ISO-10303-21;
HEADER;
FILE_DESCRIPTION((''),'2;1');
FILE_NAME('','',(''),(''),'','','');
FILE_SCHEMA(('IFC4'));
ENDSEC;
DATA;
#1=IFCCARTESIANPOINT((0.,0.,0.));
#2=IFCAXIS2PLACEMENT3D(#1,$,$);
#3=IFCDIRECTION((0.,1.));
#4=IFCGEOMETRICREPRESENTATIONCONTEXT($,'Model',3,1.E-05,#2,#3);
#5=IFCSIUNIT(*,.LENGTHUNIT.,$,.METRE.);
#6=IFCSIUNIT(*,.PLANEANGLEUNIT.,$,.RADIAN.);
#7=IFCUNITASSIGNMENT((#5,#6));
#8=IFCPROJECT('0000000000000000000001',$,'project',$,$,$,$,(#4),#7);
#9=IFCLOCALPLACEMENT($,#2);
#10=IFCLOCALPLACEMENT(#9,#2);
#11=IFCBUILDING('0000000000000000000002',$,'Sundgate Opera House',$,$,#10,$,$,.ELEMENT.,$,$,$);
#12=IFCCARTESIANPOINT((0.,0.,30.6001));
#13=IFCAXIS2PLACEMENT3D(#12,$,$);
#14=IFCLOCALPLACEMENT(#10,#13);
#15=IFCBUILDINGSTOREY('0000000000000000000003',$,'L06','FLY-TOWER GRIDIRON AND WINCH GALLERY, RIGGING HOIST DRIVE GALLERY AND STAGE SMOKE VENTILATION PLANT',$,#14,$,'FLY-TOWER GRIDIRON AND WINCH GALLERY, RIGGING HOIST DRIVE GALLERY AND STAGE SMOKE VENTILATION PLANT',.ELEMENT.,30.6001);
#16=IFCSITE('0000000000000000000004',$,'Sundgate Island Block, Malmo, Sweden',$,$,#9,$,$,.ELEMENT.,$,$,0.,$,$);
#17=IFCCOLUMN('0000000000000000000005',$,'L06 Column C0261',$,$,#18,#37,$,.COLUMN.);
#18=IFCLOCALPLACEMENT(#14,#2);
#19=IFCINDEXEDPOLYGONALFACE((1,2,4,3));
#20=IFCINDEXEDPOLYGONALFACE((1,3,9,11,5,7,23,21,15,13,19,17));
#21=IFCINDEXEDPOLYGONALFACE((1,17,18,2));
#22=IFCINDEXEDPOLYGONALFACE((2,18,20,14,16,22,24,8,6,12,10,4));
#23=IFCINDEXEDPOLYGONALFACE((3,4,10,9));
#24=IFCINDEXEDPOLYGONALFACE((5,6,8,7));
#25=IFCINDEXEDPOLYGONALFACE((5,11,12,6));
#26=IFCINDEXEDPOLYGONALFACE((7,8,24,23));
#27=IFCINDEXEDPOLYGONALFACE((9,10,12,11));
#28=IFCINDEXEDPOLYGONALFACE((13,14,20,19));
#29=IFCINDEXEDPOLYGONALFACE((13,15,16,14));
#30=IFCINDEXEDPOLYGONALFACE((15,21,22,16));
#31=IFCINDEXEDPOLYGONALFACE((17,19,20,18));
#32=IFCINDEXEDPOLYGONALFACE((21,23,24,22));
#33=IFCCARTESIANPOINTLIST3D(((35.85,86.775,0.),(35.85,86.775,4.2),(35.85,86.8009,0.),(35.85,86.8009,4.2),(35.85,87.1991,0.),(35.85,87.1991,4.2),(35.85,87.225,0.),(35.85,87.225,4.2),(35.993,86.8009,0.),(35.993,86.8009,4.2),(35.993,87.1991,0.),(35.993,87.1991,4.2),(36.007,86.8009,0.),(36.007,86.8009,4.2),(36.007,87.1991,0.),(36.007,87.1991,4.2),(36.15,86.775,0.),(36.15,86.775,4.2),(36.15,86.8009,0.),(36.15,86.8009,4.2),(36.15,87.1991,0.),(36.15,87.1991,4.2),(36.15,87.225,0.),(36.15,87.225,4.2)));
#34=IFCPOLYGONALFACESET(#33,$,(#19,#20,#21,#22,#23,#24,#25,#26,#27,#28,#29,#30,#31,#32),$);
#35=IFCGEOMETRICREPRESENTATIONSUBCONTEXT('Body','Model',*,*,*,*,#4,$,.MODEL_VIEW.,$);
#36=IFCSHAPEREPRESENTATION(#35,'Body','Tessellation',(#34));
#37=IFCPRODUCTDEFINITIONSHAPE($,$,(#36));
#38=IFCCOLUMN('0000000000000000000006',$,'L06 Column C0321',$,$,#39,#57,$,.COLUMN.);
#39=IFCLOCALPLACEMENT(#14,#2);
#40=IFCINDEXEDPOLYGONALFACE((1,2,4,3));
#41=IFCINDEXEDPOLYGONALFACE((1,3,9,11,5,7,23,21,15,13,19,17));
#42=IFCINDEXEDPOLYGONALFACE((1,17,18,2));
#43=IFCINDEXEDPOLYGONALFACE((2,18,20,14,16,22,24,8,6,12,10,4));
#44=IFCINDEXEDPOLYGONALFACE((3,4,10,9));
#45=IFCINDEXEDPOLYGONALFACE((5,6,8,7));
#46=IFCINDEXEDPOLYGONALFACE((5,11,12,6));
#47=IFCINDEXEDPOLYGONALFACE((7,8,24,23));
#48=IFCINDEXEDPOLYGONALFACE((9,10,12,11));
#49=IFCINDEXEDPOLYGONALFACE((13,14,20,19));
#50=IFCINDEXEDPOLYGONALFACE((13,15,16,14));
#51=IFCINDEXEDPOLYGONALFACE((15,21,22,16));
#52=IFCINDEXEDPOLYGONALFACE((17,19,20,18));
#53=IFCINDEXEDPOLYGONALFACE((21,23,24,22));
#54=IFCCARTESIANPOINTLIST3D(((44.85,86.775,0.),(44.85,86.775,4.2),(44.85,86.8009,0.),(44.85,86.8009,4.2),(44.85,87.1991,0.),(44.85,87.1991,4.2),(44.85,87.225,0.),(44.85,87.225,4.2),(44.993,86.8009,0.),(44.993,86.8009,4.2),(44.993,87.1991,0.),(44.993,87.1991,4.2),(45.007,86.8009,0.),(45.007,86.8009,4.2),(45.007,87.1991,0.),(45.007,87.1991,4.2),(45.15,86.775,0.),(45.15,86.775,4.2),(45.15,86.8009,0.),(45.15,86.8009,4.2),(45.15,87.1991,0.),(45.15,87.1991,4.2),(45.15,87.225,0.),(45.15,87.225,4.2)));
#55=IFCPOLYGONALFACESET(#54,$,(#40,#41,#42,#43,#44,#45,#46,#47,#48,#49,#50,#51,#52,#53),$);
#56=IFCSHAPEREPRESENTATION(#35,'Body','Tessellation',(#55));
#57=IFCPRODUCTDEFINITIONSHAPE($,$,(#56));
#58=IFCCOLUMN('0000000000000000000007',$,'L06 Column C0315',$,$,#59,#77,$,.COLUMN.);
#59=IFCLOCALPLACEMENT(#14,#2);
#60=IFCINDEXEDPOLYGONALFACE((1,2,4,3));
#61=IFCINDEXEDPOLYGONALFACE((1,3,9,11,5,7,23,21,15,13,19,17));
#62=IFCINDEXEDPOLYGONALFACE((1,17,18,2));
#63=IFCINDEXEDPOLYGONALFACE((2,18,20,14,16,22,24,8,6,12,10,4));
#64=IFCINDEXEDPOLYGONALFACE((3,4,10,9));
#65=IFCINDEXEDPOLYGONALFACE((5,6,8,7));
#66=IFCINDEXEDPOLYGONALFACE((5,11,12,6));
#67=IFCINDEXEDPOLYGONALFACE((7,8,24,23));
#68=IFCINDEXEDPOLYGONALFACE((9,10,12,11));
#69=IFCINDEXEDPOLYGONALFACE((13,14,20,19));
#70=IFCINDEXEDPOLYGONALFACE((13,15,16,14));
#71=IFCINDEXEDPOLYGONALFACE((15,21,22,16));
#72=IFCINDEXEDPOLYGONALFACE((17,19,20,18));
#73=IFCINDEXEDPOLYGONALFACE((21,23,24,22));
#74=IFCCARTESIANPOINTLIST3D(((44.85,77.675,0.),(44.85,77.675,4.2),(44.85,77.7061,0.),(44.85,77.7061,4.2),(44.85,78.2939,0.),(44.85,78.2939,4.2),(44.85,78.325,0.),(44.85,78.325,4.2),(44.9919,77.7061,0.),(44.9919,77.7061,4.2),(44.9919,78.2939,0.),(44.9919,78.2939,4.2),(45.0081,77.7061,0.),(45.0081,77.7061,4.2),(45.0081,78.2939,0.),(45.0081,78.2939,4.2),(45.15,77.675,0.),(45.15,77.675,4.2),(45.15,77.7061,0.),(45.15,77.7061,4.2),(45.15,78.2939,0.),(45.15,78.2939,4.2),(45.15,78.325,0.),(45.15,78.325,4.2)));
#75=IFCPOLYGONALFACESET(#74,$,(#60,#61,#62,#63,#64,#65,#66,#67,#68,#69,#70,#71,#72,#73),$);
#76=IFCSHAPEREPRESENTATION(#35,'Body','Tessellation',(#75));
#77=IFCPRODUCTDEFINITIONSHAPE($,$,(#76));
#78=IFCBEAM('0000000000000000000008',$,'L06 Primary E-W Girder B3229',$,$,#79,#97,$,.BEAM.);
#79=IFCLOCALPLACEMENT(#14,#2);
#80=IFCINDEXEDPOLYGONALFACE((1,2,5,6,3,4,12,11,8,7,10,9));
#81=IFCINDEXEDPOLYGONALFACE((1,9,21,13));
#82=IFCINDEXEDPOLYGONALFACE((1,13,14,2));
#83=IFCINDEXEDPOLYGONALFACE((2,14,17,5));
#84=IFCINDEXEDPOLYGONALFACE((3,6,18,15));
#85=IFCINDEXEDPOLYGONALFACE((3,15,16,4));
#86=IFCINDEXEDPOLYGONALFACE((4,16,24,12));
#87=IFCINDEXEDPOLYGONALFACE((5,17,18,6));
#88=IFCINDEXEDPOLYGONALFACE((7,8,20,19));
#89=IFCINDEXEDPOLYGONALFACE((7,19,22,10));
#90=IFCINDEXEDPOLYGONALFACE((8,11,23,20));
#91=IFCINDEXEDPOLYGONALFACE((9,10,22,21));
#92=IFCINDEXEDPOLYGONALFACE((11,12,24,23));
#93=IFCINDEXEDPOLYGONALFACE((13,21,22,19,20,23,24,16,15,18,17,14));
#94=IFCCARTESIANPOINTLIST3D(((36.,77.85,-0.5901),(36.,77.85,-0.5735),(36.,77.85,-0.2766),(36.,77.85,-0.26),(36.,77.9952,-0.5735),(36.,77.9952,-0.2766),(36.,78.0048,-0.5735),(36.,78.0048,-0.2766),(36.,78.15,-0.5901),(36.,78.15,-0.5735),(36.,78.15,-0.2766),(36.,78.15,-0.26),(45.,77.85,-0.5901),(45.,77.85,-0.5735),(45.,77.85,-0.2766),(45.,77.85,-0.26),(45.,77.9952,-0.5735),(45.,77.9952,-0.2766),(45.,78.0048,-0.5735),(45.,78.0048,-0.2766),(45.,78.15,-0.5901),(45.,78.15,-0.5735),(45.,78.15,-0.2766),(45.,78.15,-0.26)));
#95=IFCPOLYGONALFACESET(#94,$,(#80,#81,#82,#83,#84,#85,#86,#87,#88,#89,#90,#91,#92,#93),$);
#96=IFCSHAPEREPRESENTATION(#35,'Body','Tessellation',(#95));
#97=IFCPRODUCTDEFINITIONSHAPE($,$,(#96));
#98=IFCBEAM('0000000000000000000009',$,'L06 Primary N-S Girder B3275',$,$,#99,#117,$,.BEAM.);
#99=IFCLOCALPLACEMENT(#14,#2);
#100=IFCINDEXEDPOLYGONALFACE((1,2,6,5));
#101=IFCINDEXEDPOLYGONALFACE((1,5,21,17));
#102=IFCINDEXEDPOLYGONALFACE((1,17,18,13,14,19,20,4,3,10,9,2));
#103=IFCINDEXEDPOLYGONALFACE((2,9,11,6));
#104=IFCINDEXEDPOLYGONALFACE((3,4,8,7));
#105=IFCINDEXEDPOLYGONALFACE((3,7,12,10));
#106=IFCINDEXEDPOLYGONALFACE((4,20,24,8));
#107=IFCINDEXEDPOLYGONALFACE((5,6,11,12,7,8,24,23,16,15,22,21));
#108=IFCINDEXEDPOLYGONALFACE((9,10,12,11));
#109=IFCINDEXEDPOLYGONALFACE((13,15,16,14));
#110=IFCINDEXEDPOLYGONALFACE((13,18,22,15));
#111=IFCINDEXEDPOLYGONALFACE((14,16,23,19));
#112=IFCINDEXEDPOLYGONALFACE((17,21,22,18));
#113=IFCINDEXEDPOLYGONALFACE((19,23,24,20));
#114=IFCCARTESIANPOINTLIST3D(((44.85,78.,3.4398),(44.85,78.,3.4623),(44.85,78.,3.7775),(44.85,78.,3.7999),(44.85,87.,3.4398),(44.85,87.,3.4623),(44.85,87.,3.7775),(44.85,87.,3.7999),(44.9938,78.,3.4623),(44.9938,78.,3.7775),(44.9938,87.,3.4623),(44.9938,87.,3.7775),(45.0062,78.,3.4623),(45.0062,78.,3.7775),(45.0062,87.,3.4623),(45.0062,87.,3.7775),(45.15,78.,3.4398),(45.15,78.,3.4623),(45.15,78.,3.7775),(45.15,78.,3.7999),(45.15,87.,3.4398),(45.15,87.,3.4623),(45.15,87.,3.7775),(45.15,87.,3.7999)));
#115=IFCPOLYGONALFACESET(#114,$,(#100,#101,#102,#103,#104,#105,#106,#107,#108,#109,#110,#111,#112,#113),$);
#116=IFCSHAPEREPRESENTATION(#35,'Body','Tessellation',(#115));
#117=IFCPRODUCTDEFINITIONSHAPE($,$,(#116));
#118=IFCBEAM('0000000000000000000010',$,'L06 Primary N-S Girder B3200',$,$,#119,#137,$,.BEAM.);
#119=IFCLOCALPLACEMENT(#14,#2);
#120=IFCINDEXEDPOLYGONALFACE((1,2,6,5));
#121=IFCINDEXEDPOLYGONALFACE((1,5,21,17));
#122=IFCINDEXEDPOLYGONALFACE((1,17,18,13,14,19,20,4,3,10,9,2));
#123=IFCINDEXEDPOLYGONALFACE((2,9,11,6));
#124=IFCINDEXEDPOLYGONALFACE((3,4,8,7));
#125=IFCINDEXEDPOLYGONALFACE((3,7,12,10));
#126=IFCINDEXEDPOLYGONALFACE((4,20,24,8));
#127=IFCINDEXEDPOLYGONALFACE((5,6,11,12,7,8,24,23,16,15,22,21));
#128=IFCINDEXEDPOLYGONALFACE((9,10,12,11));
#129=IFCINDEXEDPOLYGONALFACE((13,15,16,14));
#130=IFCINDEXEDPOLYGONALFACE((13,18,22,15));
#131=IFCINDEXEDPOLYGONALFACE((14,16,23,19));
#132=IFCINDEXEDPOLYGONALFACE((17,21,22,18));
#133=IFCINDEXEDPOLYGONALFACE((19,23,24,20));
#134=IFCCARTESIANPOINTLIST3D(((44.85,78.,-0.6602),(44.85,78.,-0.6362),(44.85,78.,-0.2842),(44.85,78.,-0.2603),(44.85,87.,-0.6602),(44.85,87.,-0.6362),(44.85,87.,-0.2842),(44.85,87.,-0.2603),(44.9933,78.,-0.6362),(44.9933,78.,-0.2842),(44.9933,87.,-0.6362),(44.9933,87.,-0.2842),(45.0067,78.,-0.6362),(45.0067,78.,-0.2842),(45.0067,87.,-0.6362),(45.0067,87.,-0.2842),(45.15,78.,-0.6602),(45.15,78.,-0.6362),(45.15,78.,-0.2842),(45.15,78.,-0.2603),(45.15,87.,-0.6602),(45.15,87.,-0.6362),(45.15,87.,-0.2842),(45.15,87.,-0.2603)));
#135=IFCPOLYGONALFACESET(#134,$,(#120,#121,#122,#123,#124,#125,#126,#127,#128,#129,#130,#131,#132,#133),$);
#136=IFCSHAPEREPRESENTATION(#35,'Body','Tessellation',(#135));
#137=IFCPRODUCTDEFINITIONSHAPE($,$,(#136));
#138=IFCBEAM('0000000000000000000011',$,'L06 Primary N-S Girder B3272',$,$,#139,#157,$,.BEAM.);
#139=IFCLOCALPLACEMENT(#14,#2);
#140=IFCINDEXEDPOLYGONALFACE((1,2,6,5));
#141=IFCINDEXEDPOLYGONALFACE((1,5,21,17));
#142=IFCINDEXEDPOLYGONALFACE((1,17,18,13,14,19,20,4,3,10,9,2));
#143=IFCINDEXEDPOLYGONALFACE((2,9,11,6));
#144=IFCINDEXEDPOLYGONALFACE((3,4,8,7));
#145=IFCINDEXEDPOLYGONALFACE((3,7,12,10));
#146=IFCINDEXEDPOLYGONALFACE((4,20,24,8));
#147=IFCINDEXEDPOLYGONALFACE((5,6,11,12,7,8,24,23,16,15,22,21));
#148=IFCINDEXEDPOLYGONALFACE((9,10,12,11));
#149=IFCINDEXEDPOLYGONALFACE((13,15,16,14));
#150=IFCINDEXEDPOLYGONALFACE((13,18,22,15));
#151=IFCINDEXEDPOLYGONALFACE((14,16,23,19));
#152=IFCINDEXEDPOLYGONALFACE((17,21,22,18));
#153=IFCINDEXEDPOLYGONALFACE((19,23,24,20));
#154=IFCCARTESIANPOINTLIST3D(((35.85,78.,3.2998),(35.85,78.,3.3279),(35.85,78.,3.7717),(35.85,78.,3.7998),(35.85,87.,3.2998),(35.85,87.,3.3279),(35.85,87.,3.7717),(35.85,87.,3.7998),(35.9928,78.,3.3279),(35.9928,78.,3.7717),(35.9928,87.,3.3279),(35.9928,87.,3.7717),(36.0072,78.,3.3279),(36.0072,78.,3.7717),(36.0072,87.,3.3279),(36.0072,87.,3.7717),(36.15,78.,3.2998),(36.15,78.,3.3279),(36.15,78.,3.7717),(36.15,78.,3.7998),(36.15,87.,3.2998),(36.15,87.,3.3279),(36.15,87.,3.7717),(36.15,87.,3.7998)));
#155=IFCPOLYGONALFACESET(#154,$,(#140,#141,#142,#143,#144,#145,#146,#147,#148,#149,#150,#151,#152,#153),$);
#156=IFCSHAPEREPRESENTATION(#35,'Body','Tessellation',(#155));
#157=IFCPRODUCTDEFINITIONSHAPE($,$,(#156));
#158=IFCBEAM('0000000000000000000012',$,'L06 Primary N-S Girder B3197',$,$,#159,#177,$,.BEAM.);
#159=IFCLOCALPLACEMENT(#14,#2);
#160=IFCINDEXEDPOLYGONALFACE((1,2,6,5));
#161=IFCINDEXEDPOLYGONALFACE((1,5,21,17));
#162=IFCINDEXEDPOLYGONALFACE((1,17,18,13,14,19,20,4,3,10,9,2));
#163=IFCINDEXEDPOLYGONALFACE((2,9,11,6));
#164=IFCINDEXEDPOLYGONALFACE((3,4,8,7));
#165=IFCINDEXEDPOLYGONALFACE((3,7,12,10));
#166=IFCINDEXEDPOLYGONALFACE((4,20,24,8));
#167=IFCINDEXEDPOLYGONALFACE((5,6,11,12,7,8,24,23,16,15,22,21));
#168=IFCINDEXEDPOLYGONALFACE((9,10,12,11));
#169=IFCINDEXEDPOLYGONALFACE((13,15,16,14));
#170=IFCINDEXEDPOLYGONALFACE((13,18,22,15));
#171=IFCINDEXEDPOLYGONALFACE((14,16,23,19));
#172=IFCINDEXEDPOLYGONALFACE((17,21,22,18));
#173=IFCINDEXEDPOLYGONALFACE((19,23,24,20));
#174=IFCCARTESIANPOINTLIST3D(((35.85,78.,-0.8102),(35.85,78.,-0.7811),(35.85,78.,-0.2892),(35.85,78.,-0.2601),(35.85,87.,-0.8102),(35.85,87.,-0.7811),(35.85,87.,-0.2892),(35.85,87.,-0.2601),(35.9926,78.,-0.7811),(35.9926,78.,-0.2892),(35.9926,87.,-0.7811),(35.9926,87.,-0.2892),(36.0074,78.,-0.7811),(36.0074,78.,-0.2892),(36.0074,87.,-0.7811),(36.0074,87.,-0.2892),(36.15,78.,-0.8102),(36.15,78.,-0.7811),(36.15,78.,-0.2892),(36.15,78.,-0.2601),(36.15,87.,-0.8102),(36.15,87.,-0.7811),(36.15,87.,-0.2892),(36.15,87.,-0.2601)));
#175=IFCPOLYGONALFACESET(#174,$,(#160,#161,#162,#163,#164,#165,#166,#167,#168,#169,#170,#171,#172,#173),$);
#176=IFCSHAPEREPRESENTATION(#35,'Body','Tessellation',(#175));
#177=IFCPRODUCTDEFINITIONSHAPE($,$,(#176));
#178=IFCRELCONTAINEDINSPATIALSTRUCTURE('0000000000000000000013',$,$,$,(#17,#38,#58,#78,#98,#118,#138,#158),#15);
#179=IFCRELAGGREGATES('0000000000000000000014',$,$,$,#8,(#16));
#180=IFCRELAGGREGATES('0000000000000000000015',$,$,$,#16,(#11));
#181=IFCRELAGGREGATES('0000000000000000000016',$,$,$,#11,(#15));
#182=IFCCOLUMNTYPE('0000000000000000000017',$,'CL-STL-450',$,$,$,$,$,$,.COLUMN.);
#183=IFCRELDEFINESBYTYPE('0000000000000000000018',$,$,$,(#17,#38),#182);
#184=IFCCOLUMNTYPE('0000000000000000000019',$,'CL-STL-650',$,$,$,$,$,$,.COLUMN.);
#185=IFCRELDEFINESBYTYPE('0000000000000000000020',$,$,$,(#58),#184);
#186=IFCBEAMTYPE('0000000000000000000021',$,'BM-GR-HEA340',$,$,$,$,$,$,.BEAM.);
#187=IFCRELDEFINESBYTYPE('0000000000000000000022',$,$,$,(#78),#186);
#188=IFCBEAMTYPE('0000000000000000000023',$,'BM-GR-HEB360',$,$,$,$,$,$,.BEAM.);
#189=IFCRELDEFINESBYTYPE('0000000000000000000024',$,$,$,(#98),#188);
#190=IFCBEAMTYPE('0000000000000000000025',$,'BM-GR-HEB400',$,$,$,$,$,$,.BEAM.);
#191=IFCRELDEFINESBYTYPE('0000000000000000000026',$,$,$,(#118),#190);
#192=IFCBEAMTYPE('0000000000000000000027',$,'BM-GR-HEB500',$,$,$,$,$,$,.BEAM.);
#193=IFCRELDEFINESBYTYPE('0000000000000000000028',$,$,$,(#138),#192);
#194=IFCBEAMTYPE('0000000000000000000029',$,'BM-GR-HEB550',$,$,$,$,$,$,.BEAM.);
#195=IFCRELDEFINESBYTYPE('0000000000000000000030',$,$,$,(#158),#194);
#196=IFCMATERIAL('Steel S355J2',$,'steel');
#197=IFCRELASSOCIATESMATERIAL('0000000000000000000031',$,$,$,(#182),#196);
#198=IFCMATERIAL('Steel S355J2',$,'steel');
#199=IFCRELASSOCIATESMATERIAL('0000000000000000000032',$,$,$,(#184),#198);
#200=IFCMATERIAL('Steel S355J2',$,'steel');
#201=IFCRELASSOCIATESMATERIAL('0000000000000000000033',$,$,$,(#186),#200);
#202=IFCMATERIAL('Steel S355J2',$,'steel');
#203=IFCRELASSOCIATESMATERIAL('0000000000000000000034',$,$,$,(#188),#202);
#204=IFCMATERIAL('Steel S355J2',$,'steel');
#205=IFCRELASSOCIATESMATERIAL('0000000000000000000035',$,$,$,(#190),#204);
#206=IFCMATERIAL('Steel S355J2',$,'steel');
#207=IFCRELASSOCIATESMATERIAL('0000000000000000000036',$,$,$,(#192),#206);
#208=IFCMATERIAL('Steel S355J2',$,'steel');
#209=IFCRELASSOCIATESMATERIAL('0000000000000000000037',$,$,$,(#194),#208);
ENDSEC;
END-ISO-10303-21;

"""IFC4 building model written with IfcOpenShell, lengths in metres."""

from ifc_helpers import new_model, si_unit, direction, frame, origin, origin_2d, place, context, subcontext, project, spatial, i_section, extrude, material, material_profile, profile_set, type_object, element, save


model = new_model("IFC4")

# Units and contexts
model_context = context("Model", 3, precision=1e-05, world=origin(), true_north=direction((0.0, 1.0)))
body_context = subcontext(model_context, "Body", "Model", "MODEL_VIEW")
ifc_project = project(units=[si_unit("LENGTHUNIT", "METRE"), si_unit("PLANEANGLEUNIT", "RADIAN")], contexts=[model_context])

# Site, building, storey
site_placement = place(None, origin())
site = spatial("IfcSite", under=ifc_project, at=site_placement, Name="Sundgate Island Block, Malmo, Sweden", CompositionType="ELEMENT", RefElevation=0.0)
building_placement = place(site_placement, origin())
building = spatial("IfcBuilding", under=site, at=building_placement, Name="Sundgate Opera House", CompositionType="ELEMENT")
storey_placement = place(building_placement, frame((0.0, 0.0, 30.6001)))
storey = spatial("IfcBuildingStorey", under=building, at=storey_placement, Name="L06", Description="FLY-TOWER GRIDIRON AND WINCH GALLERY, RIGGING HOIST DRIVE GALLERY AND STAGE SMOKE VENTILATION PLANT", LongName="FLY-TOWER GRIDIRON AND WINCH GALLERY, RIGGING HOIST DRIVE GALLERY AND STAGE SMOKE VENTILATION PLANT", CompositionType="ELEMENT", Elevation=30.6001)

# Columns
ifc_material_1 = material(Name="Steel S355J2", Category="steel")
ifc_material_profile_1 = material_profile(ifc_material_1, i_section(OverallWidth=0.3, OverallDepth=0.45, WebThickness=0.0139, FlangeThickness=0.0259, at=origin_2d()), Name="HEB 450")
ifc_profile_set_1 = profile_set([ifc_material_profile_1], Name="Steel S355J2")
column_type_1 = type_object("IfcColumnType", Name="CL-STL-450", PredefinedType="COLUMN", material=ifc_profile_set_1)
for number, where, z_axis, x_axis, name in (
    (1, (36.0, 87.0, 0.0), (0.0, 0.0, 1.0), (1.0, 0.0, 0.0), "L06 Column C0261"),
    (2, (45.0, 87.0, 0.0), (0.0, 0.0, 1.0), (1.0, 0.0, 0.0), "L06 Column C0321"),
):
    element("IfcColumn", number, at=place(storey_placement, frame(where, z_axis=z_axis, x_axis=x_axis)), inside=storey, type_object=column_type_1, Name=name, PredefinedType="COLUMN", context=body_context, shape_type="SweptSolid", body=[
        extrude(i_section(OverallWidth=0.3, OverallDepth=0.45, WebThickness=0.0139, FlangeThickness=0.0259, at=origin_2d()), origin(), (0.0, 0.0, 1.0), 4.2),
    ])
ifc_material_2 = material(Name="Steel S355J2", Category="steel")
ifc_material_profile_2 = material_profile(ifc_material_2, i_section(OverallWidth=0.3, OverallDepth=0.6499, WebThickness=0.0161, FlangeThickness=0.031, at=origin_2d()), Name="HEB 650")
ifc_profile_set_2 = profile_set([ifc_material_profile_2], Name="Steel S355J2")
column_type_2 = type_object("IfcColumnType", Name="CL-STL-650", PredefinedType="COLUMN", material=ifc_profile_set_2)
column_placement = place(storey_placement, frame((45.0, 78.0, 0.0), z_axis=(0.0, 0.0, 1.0), x_axis=(1.0, 0.0, 0.0)))
element("IfcColumn", 3, at=column_placement, inside=storey, type_object=column_type_2, Name="L06 Column C0315", PredefinedType="COLUMN", context=body_context, shape_type="SweptSolid", body=[
    extrude(i_section(OverallWidth=0.3, OverallDepth=0.6499, WebThickness=0.0161, FlangeThickness=0.031, at=origin_2d()), origin(), (0.0, 0.0, 1.0), 4.2),
])

# Beams
ifc_material_3 = material(Name="Steel S355J2", Category="steel")
ifc_material_profile_3 = material_profile(ifc_material_3, i_section(OverallWidth=0.3, OverallDepth=0.3301, WebThickness=0.0095, FlangeThickness=0.0166, at=origin_2d()), Name="HEA 340")
ifc_profile_set_3 = profile_set([ifc_material_profile_3], Name="Steel S355J2")
beam_type_1 = type_object("IfcBeamType", Name="BM-GR-HEA340", PredefinedType="BEAM", material=ifc_profile_set_3)
beam_1_placement = place(storey_placement, frame((36.0, 78.0, -0.425), z_axis=(1.0, 0.0, 0.0), x_axis=(0.0, 1.0, 0.0)))
element("IfcBeam", 4, at=beam_1_placement, inside=storey, type_object=beam_type_1, Name="L06 Primary E-W Girder B3229", PredefinedType="BEAM", context=body_context, shape_type="SweptSolid", body=[
    extrude(i_section(OverallWidth=0.3, OverallDepth=0.3301, WebThickness=0.0095, FlangeThickness=0.0166, at=origin_2d()), origin(), (0.0, 0.0, 1.0), 9.0),
])
ifc_material_4 = material(Name="Steel S355J2", Category="steel")
ifc_material_profile_4 = material_profile(ifc_material_4, i_section(OverallWidth=0.3, OverallDepth=0.3601, WebThickness=0.0125, FlangeThickness=0.0225, at=origin_2d()), Name="HEB 360")
ifc_profile_set_4 = profile_set([ifc_material_profile_4], Name="Steel S355J2")
beam_type_2 = type_object("IfcBeamType", Name="BM-GR-HEB360", PredefinedType="BEAM", material=ifc_profile_set_4)
beam_2_placement = place(storey_placement, frame((45.0, 78.0, 3.6199), z_axis=(0.0, 1.0, 0.0), x_axis=(-1.0, 0.0, 0.0)))
element("IfcBeam", 5, at=beam_2_placement, inside=storey, type_object=beam_type_2, Name="L06 Primary N-S Girder B3275", PredefinedType="BEAM", context=body_context, shape_type="SweptSolid", body=[
    extrude(i_section(OverallWidth=0.3, OverallDepth=0.3601, WebThickness=0.0125, FlangeThickness=0.0225, at=origin_2d()), origin(), (0.0, 0.0, 1.0), 9.0),
])
ifc_material_5 = material(Name="Steel S355J2", Category="steel")
ifc_material_profile_5 = material_profile(ifc_material_5, i_section(OverallWidth=0.3, OverallDepth=0.3999, WebThickness=0.0134, FlangeThickness=0.0239, at=origin_2d()), Name="HEB 400")
ifc_profile_set_5 = profile_set([ifc_material_profile_5], Name="Steel S355J2")
beam_type_3 = type_object("IfcBeamType", Name="BM-GR-HEB400", PredefinedType="BEAM", material=ifc_profile_set_5)
beam_3_placement = place(storey_placement, frame((45.0, 78.0, -0.4602), z_axis=(0.0, 1.0, 0.0), x_axis=(-1.0, 0.0, 0.0)))
element("IfcBeam", 6, at=beam_3_placement, inside=storey, type_object=beam_type_3, Name="L06 Primary N-S Girder B3200", PredefinedType="BEAM", context=body_context, shape_type="SweptSolid", body=[
    extrude(i_section(OverallWidth=0.3, OverallDepth=0.3999, WebThickness=0.0134, FlangeThickness=0.0239, at=origin_2d()), origin(), (0.0, 0.0, 1.0), 9.0),
])
ifc_material_6 = material(Name="Steel S355J2", Category="steel")
ifc_material_profile_6 = material_profile(ifc_material_6, i_section(OverallWidth=0.3, OverallDepth=0.5, WebThickness=0.0144, FlangeThickness=0.0281, at=origin_2d()), Name="HEB 500")
ifc_profile_set_6 = profile_set([ifc_material_profile_6], Name="Steel S355J2")
beam_type_4 = type_object("IfcBeamType", Name="BM-GR-HEB500", PredefinedType="BEAM", material=ifc_profile_set_6)
beam_4_placement = place(storey_placement, frame((36.0, 78.0, 3.5498), z_axis=(0.0, 1.0, 0.0), x_axis=(-1.0, 0.0, 0.0)))
element("IfcBeam", 7, at=beam_4_placement, inside=storey, type_object=beam_type_4, Name="L06 Primary N-S Girder B3272", PredefinedType="BEAM", context=body_context, shape_type="SweptSolid", body=[
    extrude(i_section(OverallWidth=0.3, OverallDepth=0.5, WebThickness=0.0144, FlangeThickness=0.0281, at=origin_2d()), origin(), (0.0, 0.0, 1.0), 9.0),
])
ifc_material_7 = material(Name="Steel S355J2", Category="steel")
ifc_material_profile_7 = material_profile(ifc_material_7, i_section(OverallWidth=0.3, OverallDepth=0.55, WebThickness=0.0149, FlangeThickness=0.0291, at=origin_2d()), Name="HEB 550")
ifc_profile_set_7 = profile_set([ifc_material_profile_7], Name="Steel S355J2")
beam_type_5 = type_object("IfcBeamType", Name="BM-GR-HEB550", PredefinedType="BEAM", material=ifc_profile_set_7)
beam_5_placement = place(storey_placement, frame((36.0, 78.0, -0.5352), z_axis=(0.0, 1.0, 0.0), x_axis=(-1.0, 0.0, 0.0)))
element("IfcBeam", 8, at=beam_5_placement, inside=storey, type_object=beam_type_5, Name="L06 Primary N-S Girder B3197", PredefinedType="BEAM", context=body_context, shape_type="SweptSolid", body=[
    extrude(i_section(OverallWidth=0.3, OverallDepth=0.55, WebThickness=0.0149, FlangeThickness=0.0291, at=origin_2d()), origin(), (0.0, 0.0, 1.0), 9.0),
])

save(model, "model.ifc")
